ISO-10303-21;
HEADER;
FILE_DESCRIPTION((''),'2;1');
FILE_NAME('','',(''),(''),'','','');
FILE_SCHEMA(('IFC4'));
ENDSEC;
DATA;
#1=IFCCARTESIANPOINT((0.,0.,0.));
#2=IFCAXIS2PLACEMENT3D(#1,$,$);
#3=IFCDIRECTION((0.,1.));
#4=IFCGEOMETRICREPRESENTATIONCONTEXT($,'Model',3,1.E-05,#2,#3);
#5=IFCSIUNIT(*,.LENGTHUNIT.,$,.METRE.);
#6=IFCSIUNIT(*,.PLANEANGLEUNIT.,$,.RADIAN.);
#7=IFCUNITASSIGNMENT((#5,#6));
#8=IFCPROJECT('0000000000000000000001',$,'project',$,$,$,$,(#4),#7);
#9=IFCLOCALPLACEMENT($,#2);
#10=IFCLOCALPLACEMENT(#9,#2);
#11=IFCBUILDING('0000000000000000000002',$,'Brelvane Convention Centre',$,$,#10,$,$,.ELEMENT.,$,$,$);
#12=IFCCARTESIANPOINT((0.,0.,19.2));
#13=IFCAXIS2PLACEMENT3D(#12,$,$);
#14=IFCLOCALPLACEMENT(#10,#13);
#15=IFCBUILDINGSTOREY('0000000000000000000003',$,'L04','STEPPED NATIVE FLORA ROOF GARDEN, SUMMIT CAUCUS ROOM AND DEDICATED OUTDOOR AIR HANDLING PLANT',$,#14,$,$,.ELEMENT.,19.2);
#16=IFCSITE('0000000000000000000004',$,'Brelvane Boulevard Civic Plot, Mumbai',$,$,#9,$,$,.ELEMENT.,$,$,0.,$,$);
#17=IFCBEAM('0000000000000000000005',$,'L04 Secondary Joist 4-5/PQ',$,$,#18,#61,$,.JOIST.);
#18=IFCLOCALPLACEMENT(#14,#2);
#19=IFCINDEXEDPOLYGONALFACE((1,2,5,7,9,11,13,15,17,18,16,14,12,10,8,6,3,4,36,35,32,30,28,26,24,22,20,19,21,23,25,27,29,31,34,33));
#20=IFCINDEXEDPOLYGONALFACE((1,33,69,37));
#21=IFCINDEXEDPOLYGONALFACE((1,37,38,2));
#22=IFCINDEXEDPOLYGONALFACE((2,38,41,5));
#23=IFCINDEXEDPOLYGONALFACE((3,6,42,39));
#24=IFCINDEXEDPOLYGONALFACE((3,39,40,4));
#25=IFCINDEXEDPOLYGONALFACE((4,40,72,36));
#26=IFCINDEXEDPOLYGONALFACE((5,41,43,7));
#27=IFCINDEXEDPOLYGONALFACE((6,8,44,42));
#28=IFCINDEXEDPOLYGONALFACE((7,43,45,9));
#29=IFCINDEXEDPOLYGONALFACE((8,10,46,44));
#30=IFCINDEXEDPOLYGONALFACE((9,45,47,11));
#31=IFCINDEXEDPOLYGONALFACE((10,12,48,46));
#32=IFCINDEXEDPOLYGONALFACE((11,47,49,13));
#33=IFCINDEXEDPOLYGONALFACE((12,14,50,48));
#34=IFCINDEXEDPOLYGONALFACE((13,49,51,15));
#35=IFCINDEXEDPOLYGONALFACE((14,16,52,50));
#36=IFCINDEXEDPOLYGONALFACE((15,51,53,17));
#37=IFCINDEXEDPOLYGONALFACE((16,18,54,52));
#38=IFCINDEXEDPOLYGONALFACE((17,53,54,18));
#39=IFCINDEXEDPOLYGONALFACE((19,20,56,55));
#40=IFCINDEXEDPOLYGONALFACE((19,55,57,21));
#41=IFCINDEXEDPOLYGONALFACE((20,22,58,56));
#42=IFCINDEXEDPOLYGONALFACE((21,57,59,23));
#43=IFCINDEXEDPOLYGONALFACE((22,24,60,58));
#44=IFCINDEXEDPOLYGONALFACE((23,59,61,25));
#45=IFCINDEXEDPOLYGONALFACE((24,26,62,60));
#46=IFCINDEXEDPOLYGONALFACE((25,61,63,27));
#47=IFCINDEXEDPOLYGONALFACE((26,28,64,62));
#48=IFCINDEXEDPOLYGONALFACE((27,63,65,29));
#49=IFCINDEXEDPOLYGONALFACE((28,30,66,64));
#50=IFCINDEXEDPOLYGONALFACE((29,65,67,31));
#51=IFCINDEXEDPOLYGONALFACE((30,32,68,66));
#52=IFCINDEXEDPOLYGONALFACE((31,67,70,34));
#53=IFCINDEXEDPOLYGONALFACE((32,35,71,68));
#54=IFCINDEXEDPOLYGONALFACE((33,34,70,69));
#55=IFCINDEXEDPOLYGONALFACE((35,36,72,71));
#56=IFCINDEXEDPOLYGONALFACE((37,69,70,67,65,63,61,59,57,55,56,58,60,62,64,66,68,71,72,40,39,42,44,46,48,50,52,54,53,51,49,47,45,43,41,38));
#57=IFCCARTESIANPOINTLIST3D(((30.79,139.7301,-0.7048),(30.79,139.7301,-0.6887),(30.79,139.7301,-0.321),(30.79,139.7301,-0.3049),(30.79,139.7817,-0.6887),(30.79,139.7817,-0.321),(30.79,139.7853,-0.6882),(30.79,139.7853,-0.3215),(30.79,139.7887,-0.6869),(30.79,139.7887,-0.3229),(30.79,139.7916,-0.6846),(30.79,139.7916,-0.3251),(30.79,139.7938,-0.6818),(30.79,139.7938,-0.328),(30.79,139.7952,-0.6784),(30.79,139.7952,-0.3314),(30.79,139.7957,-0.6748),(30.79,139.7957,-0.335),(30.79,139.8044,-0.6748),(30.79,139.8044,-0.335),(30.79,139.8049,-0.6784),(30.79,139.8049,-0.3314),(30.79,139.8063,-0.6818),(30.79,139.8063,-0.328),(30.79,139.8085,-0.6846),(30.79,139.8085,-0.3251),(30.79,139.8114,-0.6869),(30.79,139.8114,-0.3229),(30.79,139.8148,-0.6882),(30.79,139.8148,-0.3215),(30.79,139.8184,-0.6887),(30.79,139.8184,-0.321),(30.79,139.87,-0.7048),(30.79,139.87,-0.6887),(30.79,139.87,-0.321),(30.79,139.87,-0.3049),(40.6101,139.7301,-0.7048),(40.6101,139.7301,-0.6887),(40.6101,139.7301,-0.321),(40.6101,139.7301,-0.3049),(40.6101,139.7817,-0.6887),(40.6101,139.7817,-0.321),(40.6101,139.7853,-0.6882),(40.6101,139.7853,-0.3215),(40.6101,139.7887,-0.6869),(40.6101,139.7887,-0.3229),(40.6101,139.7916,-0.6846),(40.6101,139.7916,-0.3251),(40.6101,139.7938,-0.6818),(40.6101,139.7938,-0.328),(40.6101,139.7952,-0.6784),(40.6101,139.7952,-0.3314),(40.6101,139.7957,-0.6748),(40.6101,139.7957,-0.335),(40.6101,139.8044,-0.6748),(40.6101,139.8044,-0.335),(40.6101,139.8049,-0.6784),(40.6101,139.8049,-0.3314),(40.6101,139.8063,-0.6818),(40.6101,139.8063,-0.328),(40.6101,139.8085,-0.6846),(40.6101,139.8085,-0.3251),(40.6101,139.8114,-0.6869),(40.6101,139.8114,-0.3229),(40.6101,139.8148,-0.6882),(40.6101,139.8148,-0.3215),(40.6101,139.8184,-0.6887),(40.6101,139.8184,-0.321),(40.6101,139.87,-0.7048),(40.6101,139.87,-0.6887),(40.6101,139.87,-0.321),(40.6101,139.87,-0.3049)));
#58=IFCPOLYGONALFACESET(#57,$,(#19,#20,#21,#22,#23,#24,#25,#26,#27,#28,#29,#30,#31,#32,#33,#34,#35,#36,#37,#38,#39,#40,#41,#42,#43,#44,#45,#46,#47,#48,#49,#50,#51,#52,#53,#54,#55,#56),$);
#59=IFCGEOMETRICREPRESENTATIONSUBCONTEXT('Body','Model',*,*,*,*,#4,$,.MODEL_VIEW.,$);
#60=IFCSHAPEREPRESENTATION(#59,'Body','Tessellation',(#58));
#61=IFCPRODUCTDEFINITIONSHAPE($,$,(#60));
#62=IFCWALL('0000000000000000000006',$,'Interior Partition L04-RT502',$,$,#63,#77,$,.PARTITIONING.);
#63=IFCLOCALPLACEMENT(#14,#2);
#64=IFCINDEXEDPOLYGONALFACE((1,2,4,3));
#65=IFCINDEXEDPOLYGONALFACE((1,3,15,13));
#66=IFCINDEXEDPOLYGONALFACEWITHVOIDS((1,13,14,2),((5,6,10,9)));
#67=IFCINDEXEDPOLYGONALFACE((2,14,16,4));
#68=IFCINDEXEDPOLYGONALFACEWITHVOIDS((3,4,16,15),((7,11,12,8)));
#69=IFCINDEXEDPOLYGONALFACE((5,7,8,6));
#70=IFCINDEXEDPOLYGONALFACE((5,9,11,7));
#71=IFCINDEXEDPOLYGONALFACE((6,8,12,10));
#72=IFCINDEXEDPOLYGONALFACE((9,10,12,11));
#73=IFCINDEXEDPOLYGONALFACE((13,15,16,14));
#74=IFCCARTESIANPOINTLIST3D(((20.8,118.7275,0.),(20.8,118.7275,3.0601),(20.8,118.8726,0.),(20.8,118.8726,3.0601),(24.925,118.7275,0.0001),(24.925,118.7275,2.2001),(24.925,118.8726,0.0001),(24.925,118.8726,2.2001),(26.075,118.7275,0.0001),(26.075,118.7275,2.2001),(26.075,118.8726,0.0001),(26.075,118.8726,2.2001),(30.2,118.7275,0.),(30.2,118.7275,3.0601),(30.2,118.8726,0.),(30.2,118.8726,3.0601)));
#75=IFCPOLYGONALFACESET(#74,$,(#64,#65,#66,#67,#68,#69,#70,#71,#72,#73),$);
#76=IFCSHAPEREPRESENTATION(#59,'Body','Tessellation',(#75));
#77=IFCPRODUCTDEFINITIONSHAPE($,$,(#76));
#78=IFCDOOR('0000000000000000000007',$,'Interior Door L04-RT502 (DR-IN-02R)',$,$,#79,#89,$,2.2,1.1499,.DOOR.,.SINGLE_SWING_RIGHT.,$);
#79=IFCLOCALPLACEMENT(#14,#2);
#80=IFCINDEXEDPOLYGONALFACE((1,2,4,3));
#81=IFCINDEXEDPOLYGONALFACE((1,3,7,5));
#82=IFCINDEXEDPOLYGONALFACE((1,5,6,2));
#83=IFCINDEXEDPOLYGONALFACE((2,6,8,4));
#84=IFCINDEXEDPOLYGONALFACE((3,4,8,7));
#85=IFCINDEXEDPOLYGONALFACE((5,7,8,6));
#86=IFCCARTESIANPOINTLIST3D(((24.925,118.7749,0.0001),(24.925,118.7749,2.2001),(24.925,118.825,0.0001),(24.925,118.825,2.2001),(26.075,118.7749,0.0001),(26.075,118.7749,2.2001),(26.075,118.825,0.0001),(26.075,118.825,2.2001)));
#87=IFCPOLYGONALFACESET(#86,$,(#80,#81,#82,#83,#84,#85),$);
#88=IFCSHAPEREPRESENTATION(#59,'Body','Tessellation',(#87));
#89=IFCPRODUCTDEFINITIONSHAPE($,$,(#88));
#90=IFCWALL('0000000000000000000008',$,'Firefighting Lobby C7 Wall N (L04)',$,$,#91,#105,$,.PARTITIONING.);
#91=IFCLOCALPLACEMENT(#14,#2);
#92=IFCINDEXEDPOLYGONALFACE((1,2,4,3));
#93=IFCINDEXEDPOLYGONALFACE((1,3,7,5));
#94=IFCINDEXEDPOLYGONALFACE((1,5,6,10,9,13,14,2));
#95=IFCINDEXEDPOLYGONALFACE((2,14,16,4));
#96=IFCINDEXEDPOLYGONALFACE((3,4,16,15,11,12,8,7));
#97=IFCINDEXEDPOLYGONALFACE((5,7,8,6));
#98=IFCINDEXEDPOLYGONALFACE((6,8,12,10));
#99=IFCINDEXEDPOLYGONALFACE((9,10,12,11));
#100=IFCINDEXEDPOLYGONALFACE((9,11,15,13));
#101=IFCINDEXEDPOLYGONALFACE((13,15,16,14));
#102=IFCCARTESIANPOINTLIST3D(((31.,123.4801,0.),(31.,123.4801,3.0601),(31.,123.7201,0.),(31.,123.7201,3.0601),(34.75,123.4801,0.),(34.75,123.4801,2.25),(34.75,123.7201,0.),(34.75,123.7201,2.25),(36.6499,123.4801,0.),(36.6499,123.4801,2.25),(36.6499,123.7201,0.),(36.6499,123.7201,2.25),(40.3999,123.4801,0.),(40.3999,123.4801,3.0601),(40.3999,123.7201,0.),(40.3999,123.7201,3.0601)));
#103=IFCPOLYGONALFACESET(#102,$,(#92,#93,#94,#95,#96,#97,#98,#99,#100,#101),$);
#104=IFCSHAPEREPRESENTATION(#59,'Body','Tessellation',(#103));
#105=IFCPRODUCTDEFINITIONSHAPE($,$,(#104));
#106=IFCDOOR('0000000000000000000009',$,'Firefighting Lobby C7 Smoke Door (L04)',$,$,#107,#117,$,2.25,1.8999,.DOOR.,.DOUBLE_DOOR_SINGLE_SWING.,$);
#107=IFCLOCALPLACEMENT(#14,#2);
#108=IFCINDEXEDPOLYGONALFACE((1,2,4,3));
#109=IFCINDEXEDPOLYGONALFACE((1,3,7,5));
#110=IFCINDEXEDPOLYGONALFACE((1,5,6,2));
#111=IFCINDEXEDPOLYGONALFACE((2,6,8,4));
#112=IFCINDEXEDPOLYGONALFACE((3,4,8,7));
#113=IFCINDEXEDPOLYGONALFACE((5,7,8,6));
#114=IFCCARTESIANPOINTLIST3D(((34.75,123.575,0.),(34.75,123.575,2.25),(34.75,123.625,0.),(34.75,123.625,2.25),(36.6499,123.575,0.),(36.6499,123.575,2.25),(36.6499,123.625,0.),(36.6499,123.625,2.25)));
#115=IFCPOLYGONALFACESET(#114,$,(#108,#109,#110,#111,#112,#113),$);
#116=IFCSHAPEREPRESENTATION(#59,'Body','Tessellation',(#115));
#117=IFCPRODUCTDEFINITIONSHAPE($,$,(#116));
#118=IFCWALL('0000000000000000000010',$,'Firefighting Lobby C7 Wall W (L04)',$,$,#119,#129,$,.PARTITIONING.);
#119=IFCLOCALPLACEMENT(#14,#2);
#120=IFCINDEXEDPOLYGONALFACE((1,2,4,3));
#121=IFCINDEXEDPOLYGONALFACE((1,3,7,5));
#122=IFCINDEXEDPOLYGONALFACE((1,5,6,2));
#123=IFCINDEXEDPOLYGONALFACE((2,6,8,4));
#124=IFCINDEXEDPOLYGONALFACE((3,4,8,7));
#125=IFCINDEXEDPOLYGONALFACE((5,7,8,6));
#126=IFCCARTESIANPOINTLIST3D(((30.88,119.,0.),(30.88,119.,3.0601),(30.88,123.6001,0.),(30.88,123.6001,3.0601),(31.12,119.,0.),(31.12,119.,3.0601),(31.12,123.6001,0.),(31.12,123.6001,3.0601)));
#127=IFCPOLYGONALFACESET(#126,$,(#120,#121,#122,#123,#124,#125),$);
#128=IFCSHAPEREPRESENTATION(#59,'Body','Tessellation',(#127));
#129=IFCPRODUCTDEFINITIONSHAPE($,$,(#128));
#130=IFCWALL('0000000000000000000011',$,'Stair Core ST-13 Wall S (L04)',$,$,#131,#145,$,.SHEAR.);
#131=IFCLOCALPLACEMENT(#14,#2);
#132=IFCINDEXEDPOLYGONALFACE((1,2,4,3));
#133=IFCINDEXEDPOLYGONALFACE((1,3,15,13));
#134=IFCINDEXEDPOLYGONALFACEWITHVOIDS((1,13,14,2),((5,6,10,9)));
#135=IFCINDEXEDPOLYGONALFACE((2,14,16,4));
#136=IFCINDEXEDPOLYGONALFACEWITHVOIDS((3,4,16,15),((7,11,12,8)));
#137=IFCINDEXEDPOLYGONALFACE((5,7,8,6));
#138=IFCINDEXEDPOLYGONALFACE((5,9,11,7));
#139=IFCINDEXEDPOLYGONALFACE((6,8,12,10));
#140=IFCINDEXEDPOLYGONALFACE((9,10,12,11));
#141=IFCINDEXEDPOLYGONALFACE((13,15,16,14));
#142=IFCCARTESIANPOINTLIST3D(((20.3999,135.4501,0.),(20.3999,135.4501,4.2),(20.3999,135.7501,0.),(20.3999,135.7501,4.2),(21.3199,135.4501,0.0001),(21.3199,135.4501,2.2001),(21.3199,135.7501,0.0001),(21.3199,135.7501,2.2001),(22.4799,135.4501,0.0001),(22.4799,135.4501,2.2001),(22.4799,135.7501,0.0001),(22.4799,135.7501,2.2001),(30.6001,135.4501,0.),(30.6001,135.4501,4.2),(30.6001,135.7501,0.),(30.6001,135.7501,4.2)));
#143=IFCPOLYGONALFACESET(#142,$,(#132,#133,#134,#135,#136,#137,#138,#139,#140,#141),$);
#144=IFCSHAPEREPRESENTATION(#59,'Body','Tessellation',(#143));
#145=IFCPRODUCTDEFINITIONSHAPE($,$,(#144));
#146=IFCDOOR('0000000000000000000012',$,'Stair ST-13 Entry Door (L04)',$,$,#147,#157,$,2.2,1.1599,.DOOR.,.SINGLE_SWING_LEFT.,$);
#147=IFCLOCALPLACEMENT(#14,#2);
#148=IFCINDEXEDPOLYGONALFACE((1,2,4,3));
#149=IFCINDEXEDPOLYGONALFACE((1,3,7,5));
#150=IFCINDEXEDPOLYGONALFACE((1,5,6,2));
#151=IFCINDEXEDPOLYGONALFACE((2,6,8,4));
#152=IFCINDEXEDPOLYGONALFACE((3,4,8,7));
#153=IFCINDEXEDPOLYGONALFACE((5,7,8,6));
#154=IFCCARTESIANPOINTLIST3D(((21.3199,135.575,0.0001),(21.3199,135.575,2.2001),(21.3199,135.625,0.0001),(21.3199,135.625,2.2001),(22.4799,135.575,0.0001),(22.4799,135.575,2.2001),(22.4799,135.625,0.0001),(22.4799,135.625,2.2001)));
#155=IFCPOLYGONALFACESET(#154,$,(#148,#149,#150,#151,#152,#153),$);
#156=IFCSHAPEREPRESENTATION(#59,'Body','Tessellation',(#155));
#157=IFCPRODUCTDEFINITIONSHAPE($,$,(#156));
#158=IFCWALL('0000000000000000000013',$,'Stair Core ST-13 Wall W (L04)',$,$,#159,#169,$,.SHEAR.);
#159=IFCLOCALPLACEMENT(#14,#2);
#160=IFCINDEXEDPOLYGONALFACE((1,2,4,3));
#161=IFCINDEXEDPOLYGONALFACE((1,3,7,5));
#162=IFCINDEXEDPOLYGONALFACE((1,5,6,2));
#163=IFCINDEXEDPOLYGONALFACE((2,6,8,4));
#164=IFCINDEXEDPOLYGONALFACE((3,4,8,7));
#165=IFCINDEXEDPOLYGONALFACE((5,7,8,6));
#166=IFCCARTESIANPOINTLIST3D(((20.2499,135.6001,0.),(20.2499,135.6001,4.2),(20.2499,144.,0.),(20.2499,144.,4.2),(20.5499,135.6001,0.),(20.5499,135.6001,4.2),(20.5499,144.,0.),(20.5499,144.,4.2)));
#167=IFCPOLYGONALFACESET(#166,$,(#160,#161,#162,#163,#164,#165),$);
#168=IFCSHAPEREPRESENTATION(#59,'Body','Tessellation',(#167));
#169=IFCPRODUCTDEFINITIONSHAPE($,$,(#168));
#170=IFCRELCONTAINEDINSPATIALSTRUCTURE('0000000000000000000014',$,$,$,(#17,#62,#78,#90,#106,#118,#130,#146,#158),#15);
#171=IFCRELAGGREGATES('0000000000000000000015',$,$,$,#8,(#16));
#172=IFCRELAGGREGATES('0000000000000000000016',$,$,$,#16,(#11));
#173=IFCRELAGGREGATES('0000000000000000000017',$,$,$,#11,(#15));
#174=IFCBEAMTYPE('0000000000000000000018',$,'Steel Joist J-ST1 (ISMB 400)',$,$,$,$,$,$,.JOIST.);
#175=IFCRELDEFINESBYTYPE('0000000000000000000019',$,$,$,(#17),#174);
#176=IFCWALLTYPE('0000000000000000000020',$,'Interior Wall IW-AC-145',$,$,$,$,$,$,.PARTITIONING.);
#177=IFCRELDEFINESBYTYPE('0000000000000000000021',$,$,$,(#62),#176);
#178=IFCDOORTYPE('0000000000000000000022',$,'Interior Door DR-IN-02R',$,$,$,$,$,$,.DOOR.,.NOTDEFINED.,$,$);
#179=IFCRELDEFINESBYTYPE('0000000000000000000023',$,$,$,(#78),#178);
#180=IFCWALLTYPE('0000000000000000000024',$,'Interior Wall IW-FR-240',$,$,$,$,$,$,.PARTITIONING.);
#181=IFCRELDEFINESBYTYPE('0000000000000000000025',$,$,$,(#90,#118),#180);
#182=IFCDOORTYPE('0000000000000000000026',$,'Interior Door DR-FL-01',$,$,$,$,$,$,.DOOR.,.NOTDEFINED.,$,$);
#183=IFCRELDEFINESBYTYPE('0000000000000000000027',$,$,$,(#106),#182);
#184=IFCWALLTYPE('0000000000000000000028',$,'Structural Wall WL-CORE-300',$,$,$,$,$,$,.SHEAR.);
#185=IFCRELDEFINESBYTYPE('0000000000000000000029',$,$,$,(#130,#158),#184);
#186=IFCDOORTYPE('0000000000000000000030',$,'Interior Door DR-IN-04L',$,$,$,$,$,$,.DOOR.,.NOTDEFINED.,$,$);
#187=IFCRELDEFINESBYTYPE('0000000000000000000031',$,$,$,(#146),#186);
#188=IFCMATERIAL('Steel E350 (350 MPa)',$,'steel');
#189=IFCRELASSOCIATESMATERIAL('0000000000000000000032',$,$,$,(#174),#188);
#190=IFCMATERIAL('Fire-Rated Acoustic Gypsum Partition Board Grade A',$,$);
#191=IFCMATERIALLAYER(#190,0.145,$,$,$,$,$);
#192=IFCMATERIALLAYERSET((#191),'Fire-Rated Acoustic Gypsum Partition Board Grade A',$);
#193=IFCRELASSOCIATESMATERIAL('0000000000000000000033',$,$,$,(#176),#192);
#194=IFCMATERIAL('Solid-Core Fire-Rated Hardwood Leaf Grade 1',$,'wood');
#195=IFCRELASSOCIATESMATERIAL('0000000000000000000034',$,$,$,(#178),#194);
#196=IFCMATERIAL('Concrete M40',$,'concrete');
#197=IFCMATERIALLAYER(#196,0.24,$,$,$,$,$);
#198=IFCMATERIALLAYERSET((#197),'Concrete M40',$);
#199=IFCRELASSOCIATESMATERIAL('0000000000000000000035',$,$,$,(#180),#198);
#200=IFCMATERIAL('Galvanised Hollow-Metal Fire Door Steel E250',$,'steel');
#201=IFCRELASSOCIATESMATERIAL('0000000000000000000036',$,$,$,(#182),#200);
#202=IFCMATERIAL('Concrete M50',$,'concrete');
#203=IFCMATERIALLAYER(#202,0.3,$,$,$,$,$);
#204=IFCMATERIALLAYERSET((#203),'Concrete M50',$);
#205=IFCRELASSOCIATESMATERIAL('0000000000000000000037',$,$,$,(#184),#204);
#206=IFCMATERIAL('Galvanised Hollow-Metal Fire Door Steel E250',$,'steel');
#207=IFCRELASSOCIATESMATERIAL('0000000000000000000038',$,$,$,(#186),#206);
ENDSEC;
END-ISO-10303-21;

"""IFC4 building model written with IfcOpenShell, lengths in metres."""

from ifc_helpers import new_model, si_unit, direction, frame, frame_2d, origin, origin_2d, place, context, subcontext, project, spatial, rectangle, i_section, extrude, material, layer, layer_set, material_profile, profile_set, type_object, element, fill, save


model = new_model("IFC4")

# Units and contexts
model_context = context("Model", 3, precision=1e-05, world=origin(), true_north=direction((0.0, 1.0)))
body_context = subcontext(model_context, "Body", "Model", "MODEL_VIEW")
ifc_project = project(units=[si_unit("LENGTHUNIT", "METRE"), si_unit("PLANEANGLEUNIT", "RADIAN")], contexts=[model_context])

# Site, building, storey
site_placement = place(None, origin())
site = spatial("IfcSite", under=ifc_project, at=site_placement, Name="Brelvane Boulevard Civic Plot, Mumbai", CompositionType="ELEMENT", RefElevation=0.0)
building_placement = place(site_placement, origin())
building = spatial("IfcBuilding", under=site, at=building_placement, Name="Brelvane Convention Centre", CompositionType="ELEMENT")
storey_placement = place(building_placement, frame((0.0, 0.0, 19.2)))
storey = spatial("IfcBuildingStorey", under=building, at=storey_placement, Name="L04", Description="STEPPED NATIVE FLORA ROOF GARDEN, SUMMIT CAUCUS ROOM AND DEDICATED OUTDOOR AIR HANDLING PLANT", CompositionType="ELEMENT", Elevation=19.2)

# Beam
ifc_material_1 = material(Name="Steel E350 (350 MPa)", Category="steel")
ifc_material_profile_1 = material_profile(ifc_material_1, i_section(OverallWidth=0.1399, OverallDepth=0.3999, WebThickness=0.0088, FlangeThickness=0.0161, FilletRadius=0.0139, at=origin_2d()), Name="ISMB 400")
ifc_profile_set_1 = profile_set([ifc_material_profile_1], Name="Steel E350 (350 MPa)")
beam_type_1 = type_object("IfcBeamType", Name="Steel Joist J-ST1 (ISMB 400)", PredefinedType="JOIST", material=ifc_profile_set_1)
for number, where, z_axis, x_axis, name in (
    (1, (30.79, 139.8, -0.5049), (1.0, 0.0, 0.0), (0.0, 1.0, 0.0), "L04 Secondary Joist 4-5/PQ"),
):
    element("IfcBeam", number, at=place(storey_placement, frame(where, z_axis=z_axis, x_axis=x_axis)), inside=storey, type_object=beam_type_1, Name=name, PredefinedType="JOIST", context=body_context, shape_type="SweptSolid", body=[
        extrude(i_section(OverallWidth=0.1399, OverallDepth=0.3999, WebThickness=0.0088, FlangeThickness=0.0161, FilletRadius=0.0139, at=origin_2d()), origin(), (0.0, 0.0, 1.0), 9.8201),
    ])

# Walls, openings, doors
ifc_material_2 = material(Name="Fire-Rated Acoustic Gypsum Partition Board Grade A")
ifc_layer_1 = layer(ifc_material_2, 0.145)
ifc_layer_set_1 = layer_set([ifc_layer_1], Name="Fire-Rated Acoustic Gypsum Partition Board Grade A")
wall_type_1 = type_object("IfcWallType", Name="Interior Wall IW-AC-145", PredefinedType="PARTITIONING", material=ifc_layer_set_1)
wall_1_placement = place(storey_placement, frame((20.8, 118.8, 0.0), z_axis=(0.0, 0.0, 1.0), x_axis=(1.0, 0.0, 0.0)))
wall_1 = element("IfcWall", 2, at=wall_1_placement, inside=storey, type_object=wall_type_1, Name="Interior Partition L04-RT502", PredefinedType="PARTITIONING", context=body_context, shape_type="SweptSolid", body=[
    extrude(rectangle(XDim=9.3999, YDim=0.145, at=frame_2d((4.7, 0.0))), origin(), (0.0, 0.0, 1.0), 3.0601),
])
opening_1_placement = place(wall_1_placement, frame((4.125, 0.0, 0.0)))
opening_1 = element("IfcOpeningElement", 3, at=opening_1_placement, cuts=wall_1, PredefinedType="OPENING", context=body_context, shape_type="SweptSolid", body=[
    extrude(rectangle(XDim=1.1499, YDim=2.2, at=frame_2d((0.575, 1.1001))), frame((0.0, 0.0825, 0.0), z_axis=(0.0, -1.0, 0.0), x_axis=(1.0, 0.0, 0.0)), (0.0, 0.0, 1.0), 0.165),
])
ifc_material_3 = material(Name="Solid-Core Fire-Rated Hardwood Leaf Grade 1", Category="wood")
door_type_1 = type_object("IfcDoorType", Name="Interior Door DR-IN-02R", OperationType="NOTDEFINED", PredefinedType="DOOR", material=ifc_material_3)
door_1_placement = place(opening_1_placement, origin())
door_1 = element("IfcDoor", 4, at=door_1_placement, inside=storey, type_object=door_type_1, Name="Interior Door L04-RT502 (DR-IN-02R)", OperationType="SINGLE_SWING_RIGHT", OverallHeight=2.2, OverallWidth=1.1499, PredefinedType="DOOR", context=body_context, shape_type="SweptSolid", body=[
    extrude(rectangle(XDim=1.1499, YDim=2.2, at=frame_2d((0.575, 1.1001))), frame((0.0, 0.0249, 0.0), z_axis=(0.0, -1.0, 0.0), x_axis=(1.0, 0.0, 0.0)), (0.0, 0.0, 1.0), 0.05),
])
fill(opening_1, door_1)
ifc_material_4 = material(Name="Concrete M40", Category="concrete")
ifc_layer_2 = layer(ifc_material_4, 0.24)
ifc_layer_set_2 = layer_set([ifc_layer_2], Name="Concrete M40")
wall_type_2 = type_object("IfcWallType", Name="Interior Wall IW-FR-240", PredefinedType="PARTITIONING", material=ifc_layer_set_2)
wall_2_placement = place(storey_placement, frame((31.0, 123.6001, 0.0), z_axis=(0.0, 0.0, 1.0), x_axis=(1.0, 0.0, 0.0)))
wall_2 = element("IfcWall", 5, at=wall_2_placement, inside=storey, type_object=wall_type_2, Name="Firefighting Lobby C7 Wall N (L04)", PredefinedType="PARTITIONING", context=body_context, shape_type="SweptSolid", body=[
    extrude(rectangle(XDim=9.3999, YDim=0.24, at=frame_2d((4.7, 0.0))), origin(), (0.0, 0.0, 1.0), 3.0601),
])
opening_2_placement = place(wall_2_placement, frame((3.75, 0.0, 0.0)))
opening_2 = element("IfcOpeningElement", 6, at=opening_2_placement, cuts=wall_2, PredefinedType="OPENING", context=body_context, shape_type="SweptSolid", body=[
    extrude(rectangle(XDim=1.8999, YDim=2.25, at=frame_2d((0.95, 1.125))), frame((0.0, 0.1299, 0.0), z_axis=(0.0, -1.0, 0.0), x_axis=(1.0, 0.0, 0.0)), (0.0, 0.0, 1.0), 0.26),
])
ifc_material_5 = material(Name="Galvanised Hollow-Metal Fire Door Steel E250", Category="steel")
door_type_2 = type_object("IfcDoorType", Name="Interior Door DR-FL-01", OperationType="NOTDEFINED", PredefinedType="DOOR", material=ifc_material_5)
door_2_placement = place(opening_2_placement, origin())
door_2 = element("IfcDoor", 7, at=door_2_placement, inside=storey, type_object=door_type_2, Name="Firefighting Lobby C7 Smoke Door (L04)", OperationType="DOUBLE_DOOR_SINGLE_SWING", OverallHeight=2.25, OverallWidth=1.8999, PredefinedType="DOOR", context=body_context, shape_type="SweptSolid", body=[
    extrude(rectangle(XDim=1.8999, YDim=2.25, at=frame_2d((0.95, 1.125))), frame((0.0, 0.0249, 0.0), z_axis=(0.0, -1.0, 0.0), x_axis=(1.0, 0.0, 0.0)), (0.0, 0.0, 1.0), 0.05),
])
fill(opening_2, door_2)

# Wall
wall_3_placement = place(storey_placement, frame((31.0, 119.0, 0.0), z_axis=(0.0, 0.0, 1.0), x_axis=(0.0, 1.0, 0.0)))
element("IfcWall", 8, at=wall_3_placement, inside=storey, type_object=wall_type_2, Name="Firefighting Lobby C7 Wall W (L04)", PredefinedType="PARTITIONING", context=body_context, shape_type="SweptSolid", body=[
    extrude(rectangle(XDim=4.6001, YDim=0.24, at=frame_2d((2.3, 0.0))), origin(), (0.0, 0.0, 1.0), 3.0601),
])

# Wall, opening, door
ifc_material_6 = material(Name="Concrete M50", Category="concrete")
ifc_layer_3 = layer(ifc_material_6, 0.3)
ifc_layer_set_3 = layer_set([ifc_layer_3], Name="Concrete M50")
wall_type_3 = type_object("IfcWallType", Name="Structural Wall WL-CORE-300", PredefinedType="SHEAR", material=ifc_layer_set_3)
wall_4_placement = place(storey_placement, frame((20.3999, 135.6001, 0.0), z_axis=(0.0, 0.0, 1.0), x_axis=(1.0, 0.0, 0.0)))
wall_4 = element("IfcWall", 9, at=wall_4_placement, inside=storey, type_object=wall_type_3, Name="Stair Core ST-13 Wall S (L04)", PredefinedType="SHEAR", context=body_context, shape_type="SweptSolid", body=[
    extrude(rectangle(XDim=10.2002, YDim=0.3, at=frame_2d((5.1001, 0.0))), origin(), (0.0, 0.0, 1.0), 4.2),
])
opening_3_placement = place(wall_4_placement, frame((0.9199, 0.0, 0.0)))
opening_3 = element("IfcOpeningElement", 10, at=opening_3_placement, cuts=wall_4, PredefinedType="OPENING", context=body_context, shape_type="SweptSolid", body=[
    extrude(rectangle(XDim=1.1599, YDim=2.2, at=frame_2d((0.5801, 1.1001))), frame((0.0, 0.1599, 0.0), z_axis=(0.0, -1.0, 0.0), x_axis=(1.0, 0.0, 0.0)), (0.0, 0.0, 1.0), 0.3201),
])
ifc_material_7 = material(Name="Galvanised Hollow-Metal Fire Door Steel E250", Category="steel")
door_type_3 = type_object("IfcDoorType", Name="Interior Door DR-IN-04L", OperationType="NOTDEFINED", PredefinedType="DOOR", material=ifc_material_7)
door_3_placement = place(opening_3_placement, origin())
door_3 = element("IfcDoor", 11, at=door_3_placement, inside=storey, type_object=door_type_3, Name="Stair ST-13 Entry Door (L04)", OperationType="SINGLE_SWING_LEFT", OverallHeight=2.2, OverallWidth=1.1599, PredefinedType="DOOR", context=body_context, shape_type="SweptSolid", body=[
    extrude(rectangle(XDim=1.1599, YDim=2.2, at=frame_2d((0.5801, 1.1001))), frame((0.0, 0.0249, 0.0), z_axis=(0.0, -1.0, 0.0), x_axis=(1.0, 0.0, 0.0)), (0.0, 0.0, 1.0), 0.05),
])
fill(opening_3, door_3)

# Wall
for number, where, z_axis, x_axis, name in (
    (12, (20.3999, 135.6001, 0.0), (0.0, 0.0, 1.0), (0.0, 1.0, 0.0), "Stair Core ST-13 Wall W (L04)"),
):
    element("IfcWall", number, at=place(storey_placement, frame(where, z_axis=z_axis, x_axis=x_axis)), inside=storey, type_object=wall_type_3, Name=name, PredefinedType="SHEAR", context=body_context, shape_type="SweptSolid", body=[
        extrude(rectangle(XDim=8.3999, YDim=0.3, at=frame_2d((4.2, 0.0))), origin(), (0.0, 0.0, 1.0), 4.2),
    ])

save(model, "model.ifc")
